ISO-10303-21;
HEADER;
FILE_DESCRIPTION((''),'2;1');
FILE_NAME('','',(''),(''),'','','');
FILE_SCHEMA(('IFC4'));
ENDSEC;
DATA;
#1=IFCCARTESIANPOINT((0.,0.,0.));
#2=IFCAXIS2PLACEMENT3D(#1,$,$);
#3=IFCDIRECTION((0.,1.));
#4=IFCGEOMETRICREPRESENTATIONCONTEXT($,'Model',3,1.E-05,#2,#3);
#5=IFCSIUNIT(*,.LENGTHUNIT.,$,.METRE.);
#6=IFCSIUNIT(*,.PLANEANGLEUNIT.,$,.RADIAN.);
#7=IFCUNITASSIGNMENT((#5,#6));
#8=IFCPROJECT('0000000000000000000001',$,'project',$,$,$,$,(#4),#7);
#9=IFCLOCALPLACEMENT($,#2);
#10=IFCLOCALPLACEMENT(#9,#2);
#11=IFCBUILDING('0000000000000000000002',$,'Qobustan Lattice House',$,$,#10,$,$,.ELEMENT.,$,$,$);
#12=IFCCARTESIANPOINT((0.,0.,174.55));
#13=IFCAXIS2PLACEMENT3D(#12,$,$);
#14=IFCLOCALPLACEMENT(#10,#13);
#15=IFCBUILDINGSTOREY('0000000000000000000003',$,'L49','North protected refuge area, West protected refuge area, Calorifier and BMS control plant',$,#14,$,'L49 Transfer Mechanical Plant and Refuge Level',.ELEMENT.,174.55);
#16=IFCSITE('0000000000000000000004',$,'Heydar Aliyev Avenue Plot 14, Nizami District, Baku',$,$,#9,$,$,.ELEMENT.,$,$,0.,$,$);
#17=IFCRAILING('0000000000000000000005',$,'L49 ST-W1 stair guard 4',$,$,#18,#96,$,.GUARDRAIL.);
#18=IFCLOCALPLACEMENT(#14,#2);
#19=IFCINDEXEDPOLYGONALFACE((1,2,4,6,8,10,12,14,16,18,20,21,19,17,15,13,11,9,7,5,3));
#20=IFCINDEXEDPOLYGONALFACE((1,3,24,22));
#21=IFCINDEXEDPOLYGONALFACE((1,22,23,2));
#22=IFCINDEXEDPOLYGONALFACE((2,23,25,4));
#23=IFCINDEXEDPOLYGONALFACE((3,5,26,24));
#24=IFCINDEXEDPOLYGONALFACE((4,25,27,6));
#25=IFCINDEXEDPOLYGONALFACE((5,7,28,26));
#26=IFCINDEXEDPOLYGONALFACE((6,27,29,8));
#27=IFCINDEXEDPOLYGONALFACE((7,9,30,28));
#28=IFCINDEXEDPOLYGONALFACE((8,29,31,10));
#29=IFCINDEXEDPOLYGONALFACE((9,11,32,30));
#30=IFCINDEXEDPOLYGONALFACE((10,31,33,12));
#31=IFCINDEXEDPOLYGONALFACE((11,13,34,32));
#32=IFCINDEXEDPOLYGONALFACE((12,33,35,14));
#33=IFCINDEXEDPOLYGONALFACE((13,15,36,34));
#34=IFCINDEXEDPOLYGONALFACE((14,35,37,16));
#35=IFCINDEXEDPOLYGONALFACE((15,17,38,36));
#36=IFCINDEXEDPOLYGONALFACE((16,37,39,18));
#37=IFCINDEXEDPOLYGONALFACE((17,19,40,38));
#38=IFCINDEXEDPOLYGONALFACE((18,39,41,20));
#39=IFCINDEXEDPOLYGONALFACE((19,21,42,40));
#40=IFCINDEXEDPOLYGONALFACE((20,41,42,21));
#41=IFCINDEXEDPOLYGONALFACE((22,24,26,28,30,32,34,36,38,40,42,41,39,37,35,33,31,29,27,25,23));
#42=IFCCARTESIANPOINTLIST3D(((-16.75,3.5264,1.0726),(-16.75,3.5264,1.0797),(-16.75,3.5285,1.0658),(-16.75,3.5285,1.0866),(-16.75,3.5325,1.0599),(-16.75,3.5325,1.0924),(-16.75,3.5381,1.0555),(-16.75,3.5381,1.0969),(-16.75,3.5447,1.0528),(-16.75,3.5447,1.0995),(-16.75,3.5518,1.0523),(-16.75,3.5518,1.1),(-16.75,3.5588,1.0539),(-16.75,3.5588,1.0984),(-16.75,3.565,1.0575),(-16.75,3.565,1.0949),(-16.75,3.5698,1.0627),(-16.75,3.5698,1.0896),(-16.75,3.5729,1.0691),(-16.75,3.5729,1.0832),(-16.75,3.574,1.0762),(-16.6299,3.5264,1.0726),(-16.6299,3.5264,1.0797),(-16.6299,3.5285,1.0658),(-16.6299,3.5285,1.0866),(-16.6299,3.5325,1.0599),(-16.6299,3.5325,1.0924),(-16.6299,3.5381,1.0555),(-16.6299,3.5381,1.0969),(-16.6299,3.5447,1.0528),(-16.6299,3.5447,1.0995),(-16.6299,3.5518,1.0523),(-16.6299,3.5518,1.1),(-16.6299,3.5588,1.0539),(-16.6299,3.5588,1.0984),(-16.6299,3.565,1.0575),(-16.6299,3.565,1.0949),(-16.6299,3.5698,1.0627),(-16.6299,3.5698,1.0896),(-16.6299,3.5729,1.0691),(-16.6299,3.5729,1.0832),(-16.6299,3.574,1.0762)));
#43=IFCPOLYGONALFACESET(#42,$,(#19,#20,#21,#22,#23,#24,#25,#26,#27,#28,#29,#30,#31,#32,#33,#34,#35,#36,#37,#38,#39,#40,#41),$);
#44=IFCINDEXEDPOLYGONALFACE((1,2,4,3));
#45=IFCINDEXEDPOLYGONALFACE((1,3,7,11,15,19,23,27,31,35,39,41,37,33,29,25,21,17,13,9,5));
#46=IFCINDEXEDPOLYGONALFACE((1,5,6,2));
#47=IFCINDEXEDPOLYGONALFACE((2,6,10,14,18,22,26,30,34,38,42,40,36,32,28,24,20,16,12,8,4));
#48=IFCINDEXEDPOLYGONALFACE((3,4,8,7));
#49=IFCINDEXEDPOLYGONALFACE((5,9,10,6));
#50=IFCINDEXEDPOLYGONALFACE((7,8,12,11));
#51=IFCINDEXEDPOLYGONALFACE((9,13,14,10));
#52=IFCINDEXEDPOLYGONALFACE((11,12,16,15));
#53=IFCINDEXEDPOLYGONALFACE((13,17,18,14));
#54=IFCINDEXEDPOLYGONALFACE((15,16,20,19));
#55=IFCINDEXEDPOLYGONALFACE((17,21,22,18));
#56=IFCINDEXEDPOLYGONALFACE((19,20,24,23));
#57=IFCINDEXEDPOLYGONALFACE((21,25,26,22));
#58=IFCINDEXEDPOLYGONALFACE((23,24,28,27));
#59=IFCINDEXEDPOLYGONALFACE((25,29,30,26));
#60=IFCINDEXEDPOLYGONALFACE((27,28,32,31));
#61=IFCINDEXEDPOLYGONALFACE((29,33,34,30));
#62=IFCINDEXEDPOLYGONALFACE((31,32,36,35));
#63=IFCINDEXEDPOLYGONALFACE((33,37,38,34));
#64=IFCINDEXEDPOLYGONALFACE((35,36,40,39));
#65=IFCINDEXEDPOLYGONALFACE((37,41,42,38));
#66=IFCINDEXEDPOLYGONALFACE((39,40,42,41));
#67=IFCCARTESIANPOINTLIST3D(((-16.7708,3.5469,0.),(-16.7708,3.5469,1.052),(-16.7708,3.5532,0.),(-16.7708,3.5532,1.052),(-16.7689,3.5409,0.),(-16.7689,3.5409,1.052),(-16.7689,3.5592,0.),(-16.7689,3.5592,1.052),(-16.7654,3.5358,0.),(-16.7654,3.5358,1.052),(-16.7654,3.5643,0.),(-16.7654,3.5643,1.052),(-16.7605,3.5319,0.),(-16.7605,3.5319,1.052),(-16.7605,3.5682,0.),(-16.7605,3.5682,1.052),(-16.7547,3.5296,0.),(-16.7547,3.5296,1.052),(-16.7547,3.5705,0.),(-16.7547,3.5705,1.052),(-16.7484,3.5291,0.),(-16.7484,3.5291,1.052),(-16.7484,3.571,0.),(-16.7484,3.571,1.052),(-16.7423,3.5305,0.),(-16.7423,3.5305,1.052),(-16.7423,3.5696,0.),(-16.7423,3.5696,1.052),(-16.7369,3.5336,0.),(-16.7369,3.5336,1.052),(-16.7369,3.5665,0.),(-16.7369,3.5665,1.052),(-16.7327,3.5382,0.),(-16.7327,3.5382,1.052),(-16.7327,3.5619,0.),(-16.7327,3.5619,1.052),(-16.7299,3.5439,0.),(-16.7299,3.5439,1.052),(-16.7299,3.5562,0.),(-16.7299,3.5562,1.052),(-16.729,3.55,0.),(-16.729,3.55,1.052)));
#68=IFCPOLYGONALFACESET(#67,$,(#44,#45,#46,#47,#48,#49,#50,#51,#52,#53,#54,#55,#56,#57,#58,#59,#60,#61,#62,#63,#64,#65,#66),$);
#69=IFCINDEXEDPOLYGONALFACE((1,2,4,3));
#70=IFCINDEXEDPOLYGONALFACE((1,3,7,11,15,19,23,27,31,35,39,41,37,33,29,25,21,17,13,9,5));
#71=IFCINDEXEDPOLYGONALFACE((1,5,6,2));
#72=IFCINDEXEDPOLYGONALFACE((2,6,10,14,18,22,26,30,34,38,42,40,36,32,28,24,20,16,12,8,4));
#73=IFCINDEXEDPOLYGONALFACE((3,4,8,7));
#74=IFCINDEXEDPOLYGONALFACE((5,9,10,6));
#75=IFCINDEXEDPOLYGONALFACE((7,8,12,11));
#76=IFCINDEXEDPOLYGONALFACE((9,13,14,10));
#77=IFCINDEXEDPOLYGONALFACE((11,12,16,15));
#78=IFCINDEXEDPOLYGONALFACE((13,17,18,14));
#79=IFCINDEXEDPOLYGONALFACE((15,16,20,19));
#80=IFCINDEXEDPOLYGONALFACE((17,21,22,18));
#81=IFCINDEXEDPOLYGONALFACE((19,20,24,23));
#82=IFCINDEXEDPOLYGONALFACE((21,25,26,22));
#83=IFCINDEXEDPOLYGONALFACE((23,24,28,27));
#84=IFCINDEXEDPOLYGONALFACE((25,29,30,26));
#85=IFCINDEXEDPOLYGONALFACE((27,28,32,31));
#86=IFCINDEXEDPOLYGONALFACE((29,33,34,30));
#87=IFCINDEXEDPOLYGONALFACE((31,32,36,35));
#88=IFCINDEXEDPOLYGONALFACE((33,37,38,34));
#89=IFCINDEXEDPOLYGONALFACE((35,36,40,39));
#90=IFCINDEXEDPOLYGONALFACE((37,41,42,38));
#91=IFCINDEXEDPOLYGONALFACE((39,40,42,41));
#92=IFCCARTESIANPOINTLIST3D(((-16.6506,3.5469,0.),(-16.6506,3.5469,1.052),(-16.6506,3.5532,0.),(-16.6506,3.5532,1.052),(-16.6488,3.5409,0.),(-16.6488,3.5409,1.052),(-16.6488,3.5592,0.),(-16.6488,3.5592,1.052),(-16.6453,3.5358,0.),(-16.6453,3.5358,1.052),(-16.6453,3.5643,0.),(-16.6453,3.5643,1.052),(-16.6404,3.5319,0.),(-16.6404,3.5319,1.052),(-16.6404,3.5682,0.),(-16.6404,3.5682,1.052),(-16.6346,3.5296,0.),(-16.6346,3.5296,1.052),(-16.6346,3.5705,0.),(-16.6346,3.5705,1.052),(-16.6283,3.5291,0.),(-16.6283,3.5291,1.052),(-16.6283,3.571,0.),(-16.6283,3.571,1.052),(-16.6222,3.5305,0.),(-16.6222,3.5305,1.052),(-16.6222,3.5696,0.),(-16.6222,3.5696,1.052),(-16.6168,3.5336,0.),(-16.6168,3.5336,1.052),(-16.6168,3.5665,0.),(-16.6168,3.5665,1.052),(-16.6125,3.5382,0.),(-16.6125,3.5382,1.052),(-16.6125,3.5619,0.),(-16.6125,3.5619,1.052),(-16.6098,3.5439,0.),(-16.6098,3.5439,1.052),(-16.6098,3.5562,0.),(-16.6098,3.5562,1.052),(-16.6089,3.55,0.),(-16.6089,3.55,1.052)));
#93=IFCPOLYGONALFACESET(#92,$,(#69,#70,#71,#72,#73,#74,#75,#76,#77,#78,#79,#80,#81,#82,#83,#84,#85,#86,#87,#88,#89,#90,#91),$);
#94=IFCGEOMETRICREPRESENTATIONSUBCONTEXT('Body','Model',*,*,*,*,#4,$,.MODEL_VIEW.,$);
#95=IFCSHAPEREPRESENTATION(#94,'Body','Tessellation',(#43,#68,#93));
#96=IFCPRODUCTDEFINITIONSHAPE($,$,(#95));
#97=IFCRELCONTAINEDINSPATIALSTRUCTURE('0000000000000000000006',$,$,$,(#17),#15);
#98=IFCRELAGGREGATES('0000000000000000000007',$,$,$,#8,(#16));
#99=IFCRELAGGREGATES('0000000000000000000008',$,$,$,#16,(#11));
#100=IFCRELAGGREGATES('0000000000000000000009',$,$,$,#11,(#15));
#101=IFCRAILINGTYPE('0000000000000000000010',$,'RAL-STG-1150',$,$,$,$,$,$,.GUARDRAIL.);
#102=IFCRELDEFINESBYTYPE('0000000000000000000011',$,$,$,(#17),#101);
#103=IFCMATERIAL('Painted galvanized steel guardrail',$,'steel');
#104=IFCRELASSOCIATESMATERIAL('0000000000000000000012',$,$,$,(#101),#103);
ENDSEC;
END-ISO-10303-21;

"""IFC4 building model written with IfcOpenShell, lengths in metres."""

from ifc_helpers import new_model, si_unit, direction, frame, origin, origin_2d, place, context, subcontext, project, spatial, circle, extrude, material, type_object, element, save


model = new_model("IFC4")

# Units and contexts
model_context = context("Model", 3, precision=1e-05, world=origin(), true_north=direction((0.0, 1.0)))
body_context = subcontext(model_context, "Body", "Model", "MODEL_VIEW")
ifc_project = project(units=[si_unit("LENGTHUNIT", "METRE"), si_unit("PLANEANGLEUNIT", "RADIAN")], contexts=[model_context])

# Site, building, storey
site_placement = place(None, origin())
site = spatial("IfcSite", under=ifc_project, at=site_placement, Name="Heydar Aliyev Avenue Plot 14, Nizami District, Baku", CompositionType="ELEMENT", RefElevation=0.0)
building_placement = place(site_placement, origin())
building = spatial("IfcBuilding", under=site, at=building_placement, Name="Qobustan Lattice House", CompositionType="ELEMENT")
storey_placement = place(building_placement, frame((0.0, 0.0, 174.55)))
storey = spatial("IfcBuildingStorey", under=building, at=storey_placement, Name="L49", Description="North protected refuge area, West protected refuge area, Calorifier and BMS control plant", LongName="L49 Transfer Mechanical Plant and Refuge Level", CompositionType="ELEMENT", Elevation=174.55)

# Railing
ifc_material_1 = material(Name="Painted galvanized steel guardrail", Category="steel")
railing_type_1 = type_object("IfcRailingType", Name="RAL-STG-1150", PredefinedType="GUARDRAIL", material=ifc_material_1)
railing_1_placement = place(storey_placement, frame((-16.75, 3.55, 0.0)))
element("IfcRailing", 1, at=railing_1_placement, inside=storey, type_object=railing_type_1, Name="L49 ST-W1 stair guard 4", PredefinedType="GUARDRAIL", context=body_context, shape_type="SweptSolid", body=[
    extrude(circle(Radius=0.0239, at=origin_2d()), frame((0.0, 0.0, 1.0762), z_axis=(1.0, 0.0, 0.0), x_axis=(0.0, 1.0, 0.0)), (0.0, 0.0, 1.0), 0.1201),
    extrude(circle(Radius=0.021, at=origin_2d()), origin(), (0.0, 0.0, 1.0), 1.052),
    extrude(circle(Radius=0.021, at=origin_2d()), frame((0.1201, 0.0, 0.0)), (0.0, 0.0, 1.0), 1.052),
])

save(model, "model.ifc")
